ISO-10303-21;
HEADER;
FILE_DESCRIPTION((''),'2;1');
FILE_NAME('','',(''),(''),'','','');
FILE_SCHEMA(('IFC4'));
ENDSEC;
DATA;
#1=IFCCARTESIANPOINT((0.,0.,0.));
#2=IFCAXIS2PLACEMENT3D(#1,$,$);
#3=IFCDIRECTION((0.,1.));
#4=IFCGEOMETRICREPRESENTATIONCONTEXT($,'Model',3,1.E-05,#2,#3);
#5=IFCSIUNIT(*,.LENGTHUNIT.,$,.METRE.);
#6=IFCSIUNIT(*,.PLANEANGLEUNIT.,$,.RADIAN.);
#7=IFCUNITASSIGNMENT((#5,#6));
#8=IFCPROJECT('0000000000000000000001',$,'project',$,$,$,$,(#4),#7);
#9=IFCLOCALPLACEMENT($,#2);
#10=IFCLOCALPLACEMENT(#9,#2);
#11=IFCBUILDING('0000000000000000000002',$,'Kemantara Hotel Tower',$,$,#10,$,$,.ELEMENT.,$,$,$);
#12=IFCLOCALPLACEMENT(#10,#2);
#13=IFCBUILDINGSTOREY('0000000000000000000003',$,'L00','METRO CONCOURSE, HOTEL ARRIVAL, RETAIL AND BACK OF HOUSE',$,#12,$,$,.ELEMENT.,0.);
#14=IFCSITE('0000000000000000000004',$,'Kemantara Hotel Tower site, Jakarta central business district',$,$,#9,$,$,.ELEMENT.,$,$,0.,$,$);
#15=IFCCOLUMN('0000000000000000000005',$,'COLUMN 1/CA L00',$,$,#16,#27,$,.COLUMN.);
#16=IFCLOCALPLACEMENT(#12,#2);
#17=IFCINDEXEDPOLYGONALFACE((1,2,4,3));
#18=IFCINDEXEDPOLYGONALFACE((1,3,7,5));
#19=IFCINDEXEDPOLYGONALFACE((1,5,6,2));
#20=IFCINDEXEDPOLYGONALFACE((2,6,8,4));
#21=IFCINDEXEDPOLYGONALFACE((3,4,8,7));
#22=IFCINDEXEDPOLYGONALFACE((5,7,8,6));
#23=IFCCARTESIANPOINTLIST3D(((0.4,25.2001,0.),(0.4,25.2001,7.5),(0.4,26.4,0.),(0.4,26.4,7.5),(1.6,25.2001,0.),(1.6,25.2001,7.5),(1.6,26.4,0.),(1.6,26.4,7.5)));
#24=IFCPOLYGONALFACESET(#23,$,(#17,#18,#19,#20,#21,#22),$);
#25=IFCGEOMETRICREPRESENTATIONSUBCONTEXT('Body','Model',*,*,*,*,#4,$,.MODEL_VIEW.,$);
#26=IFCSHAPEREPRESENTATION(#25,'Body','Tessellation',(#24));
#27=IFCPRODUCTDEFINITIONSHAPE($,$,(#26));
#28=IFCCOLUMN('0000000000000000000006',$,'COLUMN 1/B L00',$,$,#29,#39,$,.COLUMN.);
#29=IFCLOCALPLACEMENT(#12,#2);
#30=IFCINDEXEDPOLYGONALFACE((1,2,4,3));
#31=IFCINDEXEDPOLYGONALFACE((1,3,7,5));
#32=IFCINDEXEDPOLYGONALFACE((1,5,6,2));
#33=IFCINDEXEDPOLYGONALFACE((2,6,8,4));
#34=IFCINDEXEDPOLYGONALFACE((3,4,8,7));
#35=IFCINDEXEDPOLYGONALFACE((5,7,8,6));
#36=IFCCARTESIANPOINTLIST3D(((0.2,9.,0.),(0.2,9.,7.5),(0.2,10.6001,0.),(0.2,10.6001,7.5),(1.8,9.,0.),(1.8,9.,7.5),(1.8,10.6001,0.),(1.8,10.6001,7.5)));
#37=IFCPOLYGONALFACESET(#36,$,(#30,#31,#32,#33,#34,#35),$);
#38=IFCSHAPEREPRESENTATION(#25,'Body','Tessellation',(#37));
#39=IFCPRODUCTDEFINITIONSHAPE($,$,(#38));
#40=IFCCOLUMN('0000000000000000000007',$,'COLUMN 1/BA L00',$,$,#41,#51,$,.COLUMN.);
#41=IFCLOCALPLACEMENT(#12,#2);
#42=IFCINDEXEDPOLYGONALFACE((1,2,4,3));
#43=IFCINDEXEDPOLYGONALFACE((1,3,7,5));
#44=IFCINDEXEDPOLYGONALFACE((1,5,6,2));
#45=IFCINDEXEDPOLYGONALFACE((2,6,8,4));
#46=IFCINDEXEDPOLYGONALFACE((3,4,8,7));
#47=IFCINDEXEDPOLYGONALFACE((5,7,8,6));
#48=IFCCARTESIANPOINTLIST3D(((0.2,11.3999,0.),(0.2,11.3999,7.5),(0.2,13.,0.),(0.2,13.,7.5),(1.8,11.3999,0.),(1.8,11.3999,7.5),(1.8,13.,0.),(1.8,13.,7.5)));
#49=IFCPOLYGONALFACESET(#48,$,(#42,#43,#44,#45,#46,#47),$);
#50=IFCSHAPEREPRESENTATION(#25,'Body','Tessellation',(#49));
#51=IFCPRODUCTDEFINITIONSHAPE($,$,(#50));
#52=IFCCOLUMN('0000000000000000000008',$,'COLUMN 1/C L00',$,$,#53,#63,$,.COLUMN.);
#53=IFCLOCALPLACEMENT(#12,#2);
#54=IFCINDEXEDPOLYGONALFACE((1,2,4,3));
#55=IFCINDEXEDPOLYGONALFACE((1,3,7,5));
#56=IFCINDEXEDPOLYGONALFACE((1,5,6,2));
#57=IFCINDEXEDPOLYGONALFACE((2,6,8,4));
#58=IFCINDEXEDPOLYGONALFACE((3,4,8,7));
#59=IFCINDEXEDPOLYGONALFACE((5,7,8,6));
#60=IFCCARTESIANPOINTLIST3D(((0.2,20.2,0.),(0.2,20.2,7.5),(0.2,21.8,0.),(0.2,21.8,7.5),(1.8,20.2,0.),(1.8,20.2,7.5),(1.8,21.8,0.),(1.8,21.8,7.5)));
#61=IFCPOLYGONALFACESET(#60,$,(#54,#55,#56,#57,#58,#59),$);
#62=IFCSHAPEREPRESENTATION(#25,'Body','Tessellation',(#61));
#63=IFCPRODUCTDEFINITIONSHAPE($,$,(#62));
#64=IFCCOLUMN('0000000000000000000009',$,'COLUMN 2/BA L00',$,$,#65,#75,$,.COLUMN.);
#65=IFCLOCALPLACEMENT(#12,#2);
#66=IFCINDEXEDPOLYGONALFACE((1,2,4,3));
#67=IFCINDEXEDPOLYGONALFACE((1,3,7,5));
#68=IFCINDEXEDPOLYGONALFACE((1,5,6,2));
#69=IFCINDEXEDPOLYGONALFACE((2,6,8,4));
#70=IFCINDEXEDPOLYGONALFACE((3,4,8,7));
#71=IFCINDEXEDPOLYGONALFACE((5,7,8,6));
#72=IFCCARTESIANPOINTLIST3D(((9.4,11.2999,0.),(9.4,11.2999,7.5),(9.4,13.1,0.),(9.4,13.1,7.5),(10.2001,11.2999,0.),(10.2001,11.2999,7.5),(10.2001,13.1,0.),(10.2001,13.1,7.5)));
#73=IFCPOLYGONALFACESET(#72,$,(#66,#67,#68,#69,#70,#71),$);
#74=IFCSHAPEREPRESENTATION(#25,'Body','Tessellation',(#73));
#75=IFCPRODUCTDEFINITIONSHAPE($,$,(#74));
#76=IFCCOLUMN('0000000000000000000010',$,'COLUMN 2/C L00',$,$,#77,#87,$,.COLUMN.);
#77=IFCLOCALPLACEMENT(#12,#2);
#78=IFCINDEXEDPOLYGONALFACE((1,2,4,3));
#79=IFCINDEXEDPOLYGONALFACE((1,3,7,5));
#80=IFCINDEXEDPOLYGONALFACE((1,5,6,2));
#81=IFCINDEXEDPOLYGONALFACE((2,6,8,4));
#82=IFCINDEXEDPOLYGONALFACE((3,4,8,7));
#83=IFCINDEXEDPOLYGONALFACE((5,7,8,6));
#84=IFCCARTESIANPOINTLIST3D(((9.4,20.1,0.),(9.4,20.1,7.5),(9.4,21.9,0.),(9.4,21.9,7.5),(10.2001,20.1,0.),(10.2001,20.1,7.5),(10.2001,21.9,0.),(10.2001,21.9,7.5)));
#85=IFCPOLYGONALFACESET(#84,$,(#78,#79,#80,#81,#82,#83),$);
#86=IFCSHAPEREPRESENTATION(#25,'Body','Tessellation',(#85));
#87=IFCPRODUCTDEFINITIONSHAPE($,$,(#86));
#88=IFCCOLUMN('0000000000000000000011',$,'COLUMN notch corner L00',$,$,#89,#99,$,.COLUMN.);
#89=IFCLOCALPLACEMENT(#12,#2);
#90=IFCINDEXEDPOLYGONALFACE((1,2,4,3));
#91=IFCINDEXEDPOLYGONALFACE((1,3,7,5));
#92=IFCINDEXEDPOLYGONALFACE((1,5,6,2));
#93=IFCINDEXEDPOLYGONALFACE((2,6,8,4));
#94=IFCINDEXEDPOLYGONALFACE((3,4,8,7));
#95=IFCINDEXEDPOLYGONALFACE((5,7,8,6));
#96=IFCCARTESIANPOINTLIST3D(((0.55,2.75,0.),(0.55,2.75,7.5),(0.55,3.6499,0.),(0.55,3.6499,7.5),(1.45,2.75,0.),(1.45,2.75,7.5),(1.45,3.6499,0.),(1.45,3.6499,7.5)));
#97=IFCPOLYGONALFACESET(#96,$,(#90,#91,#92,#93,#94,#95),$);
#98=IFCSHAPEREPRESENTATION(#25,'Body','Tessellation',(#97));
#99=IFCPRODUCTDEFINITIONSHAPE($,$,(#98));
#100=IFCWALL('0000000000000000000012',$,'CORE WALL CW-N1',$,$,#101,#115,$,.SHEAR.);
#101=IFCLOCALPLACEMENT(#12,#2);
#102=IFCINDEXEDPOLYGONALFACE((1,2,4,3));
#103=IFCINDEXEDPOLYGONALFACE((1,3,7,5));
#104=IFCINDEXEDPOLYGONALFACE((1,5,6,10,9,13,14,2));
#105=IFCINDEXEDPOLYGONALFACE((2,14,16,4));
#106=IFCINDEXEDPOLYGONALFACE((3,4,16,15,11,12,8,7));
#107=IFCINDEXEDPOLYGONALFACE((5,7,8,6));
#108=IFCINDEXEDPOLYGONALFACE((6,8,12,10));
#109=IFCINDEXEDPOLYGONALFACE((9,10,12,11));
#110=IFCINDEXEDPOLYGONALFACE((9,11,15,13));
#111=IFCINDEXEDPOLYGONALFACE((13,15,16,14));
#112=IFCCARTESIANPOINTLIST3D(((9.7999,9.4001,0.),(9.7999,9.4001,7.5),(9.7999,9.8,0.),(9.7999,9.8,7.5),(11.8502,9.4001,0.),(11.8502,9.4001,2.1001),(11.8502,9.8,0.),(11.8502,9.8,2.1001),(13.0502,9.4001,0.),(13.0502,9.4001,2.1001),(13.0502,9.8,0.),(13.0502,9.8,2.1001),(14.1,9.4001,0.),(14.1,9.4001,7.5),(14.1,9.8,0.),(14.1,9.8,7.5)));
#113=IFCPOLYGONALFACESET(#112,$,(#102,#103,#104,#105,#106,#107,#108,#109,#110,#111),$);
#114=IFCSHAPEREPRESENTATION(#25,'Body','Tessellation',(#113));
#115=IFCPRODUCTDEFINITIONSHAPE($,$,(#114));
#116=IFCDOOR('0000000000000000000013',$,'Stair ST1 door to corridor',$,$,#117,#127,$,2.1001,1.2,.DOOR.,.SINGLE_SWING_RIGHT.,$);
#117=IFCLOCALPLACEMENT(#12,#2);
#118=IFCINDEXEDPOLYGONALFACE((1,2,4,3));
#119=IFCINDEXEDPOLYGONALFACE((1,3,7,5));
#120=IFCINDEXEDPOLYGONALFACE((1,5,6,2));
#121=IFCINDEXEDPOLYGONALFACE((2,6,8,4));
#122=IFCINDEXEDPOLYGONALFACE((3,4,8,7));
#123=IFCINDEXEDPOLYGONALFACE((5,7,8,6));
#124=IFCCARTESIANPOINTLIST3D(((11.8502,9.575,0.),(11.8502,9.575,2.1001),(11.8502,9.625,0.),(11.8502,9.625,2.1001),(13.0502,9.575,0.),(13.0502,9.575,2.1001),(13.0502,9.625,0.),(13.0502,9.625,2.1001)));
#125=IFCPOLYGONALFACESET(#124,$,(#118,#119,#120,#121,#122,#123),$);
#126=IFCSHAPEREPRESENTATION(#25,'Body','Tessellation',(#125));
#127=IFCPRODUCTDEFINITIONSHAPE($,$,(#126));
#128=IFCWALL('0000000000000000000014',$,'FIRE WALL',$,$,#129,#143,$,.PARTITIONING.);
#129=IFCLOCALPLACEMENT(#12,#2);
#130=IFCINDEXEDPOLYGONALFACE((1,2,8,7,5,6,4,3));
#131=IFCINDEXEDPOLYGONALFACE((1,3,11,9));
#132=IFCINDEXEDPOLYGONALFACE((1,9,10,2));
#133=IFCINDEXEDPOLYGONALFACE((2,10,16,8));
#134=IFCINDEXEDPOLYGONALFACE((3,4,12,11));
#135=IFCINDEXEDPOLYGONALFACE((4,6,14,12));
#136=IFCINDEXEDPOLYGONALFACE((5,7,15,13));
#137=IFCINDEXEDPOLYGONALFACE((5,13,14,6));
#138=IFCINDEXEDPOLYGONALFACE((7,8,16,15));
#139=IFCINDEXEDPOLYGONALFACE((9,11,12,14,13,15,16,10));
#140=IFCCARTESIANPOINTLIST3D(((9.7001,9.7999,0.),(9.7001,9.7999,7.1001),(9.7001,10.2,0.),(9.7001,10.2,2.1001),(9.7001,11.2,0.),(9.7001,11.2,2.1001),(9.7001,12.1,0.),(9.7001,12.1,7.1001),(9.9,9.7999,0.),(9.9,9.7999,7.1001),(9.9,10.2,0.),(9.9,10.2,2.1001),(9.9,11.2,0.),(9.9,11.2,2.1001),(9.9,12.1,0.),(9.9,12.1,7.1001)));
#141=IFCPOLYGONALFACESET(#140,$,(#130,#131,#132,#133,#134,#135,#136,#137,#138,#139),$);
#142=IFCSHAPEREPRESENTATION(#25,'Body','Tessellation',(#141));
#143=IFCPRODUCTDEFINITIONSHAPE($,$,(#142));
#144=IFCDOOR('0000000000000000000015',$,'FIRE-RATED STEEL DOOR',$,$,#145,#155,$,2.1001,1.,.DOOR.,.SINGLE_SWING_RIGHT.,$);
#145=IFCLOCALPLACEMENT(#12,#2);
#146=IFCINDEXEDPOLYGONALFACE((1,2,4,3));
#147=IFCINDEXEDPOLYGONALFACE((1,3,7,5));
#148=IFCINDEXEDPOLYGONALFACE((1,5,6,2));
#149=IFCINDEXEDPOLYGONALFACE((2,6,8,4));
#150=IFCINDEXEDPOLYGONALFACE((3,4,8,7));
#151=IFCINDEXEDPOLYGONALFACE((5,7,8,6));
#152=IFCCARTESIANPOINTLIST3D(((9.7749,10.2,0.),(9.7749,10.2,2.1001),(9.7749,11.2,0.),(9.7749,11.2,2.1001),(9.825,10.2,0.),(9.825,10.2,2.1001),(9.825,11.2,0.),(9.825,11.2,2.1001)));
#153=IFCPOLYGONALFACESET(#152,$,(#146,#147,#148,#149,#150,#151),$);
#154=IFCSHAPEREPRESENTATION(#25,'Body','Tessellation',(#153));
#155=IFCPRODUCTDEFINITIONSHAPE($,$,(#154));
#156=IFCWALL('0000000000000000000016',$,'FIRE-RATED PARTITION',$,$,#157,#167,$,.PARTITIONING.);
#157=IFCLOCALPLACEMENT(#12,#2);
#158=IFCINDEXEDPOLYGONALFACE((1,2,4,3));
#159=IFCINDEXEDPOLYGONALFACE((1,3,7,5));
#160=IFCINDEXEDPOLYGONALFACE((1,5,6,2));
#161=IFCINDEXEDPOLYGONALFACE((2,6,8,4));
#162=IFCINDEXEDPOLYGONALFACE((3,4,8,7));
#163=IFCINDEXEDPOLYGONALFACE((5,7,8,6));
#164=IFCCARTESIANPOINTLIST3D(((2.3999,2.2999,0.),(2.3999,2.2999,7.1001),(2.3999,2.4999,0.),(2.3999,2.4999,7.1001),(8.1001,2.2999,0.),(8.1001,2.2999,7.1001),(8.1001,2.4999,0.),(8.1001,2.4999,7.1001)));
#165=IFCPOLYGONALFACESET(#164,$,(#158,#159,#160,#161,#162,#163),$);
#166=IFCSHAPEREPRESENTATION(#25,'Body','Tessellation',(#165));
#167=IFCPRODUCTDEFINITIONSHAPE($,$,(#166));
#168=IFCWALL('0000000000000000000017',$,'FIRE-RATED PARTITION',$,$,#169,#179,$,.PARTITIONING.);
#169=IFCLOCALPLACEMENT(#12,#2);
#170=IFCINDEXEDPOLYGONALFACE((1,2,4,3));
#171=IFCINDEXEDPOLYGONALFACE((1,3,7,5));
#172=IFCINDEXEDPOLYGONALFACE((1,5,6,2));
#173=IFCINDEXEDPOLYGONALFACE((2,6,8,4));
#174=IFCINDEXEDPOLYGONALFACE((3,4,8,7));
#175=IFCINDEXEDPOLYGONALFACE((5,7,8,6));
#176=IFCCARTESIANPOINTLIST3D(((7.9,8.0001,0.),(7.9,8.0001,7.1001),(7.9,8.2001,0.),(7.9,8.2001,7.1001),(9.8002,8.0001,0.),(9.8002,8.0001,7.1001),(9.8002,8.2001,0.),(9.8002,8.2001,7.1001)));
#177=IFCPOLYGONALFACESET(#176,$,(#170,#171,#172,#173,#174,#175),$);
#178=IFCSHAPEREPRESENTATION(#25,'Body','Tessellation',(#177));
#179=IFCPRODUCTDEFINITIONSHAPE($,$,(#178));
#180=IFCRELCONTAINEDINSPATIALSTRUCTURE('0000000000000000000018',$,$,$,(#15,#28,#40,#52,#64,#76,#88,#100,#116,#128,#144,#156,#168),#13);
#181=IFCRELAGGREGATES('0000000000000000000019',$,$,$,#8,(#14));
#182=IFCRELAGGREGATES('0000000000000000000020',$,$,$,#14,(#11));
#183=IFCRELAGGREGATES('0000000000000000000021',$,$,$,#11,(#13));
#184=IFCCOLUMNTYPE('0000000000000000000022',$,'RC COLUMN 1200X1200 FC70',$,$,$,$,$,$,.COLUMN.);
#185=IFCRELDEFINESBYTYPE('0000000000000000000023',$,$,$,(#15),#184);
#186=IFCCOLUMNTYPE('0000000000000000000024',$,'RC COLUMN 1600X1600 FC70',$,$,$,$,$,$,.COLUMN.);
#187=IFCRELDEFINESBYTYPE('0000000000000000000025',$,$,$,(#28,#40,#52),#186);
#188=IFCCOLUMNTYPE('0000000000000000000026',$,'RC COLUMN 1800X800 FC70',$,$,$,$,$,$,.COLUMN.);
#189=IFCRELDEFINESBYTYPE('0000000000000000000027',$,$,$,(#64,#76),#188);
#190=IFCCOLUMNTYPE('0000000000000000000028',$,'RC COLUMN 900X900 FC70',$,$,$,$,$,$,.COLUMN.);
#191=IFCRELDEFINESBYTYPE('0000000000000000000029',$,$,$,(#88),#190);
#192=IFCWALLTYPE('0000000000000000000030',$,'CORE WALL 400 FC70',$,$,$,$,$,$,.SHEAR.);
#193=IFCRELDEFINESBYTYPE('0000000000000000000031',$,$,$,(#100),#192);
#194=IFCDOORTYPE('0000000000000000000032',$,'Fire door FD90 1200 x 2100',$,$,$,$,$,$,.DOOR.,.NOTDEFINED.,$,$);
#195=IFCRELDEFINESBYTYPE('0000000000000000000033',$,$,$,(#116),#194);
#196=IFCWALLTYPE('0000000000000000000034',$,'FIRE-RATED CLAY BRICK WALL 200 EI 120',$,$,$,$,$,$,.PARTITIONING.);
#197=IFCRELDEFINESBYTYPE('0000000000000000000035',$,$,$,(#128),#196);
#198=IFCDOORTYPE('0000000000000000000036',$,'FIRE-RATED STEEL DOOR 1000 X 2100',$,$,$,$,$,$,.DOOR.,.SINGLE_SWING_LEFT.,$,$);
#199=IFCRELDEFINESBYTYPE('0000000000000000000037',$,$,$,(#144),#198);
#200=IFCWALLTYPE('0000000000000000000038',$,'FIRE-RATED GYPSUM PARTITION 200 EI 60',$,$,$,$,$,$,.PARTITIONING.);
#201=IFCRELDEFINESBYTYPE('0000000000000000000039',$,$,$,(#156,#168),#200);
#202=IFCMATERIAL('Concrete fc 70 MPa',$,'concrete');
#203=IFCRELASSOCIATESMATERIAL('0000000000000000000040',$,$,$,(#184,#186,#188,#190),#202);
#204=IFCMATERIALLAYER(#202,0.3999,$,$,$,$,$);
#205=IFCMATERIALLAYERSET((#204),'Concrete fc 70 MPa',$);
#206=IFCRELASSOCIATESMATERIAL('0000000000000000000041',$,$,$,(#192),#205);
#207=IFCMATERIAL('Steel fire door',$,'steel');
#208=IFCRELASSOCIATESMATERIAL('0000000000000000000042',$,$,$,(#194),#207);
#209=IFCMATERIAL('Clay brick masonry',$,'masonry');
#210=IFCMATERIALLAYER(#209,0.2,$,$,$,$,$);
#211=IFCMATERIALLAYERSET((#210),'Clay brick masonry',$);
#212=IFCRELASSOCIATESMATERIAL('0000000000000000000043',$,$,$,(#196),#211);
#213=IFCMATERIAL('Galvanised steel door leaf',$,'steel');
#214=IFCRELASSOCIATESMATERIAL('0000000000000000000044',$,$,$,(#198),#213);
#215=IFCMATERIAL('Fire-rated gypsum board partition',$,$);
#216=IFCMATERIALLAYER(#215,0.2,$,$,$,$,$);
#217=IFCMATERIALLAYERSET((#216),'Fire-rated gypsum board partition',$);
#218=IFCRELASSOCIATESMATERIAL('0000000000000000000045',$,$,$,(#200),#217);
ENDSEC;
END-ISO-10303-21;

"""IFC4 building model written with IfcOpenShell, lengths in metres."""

from ifc_helpers import new_model, si_unit, direction, frame, frame_2d, origin, origin_2d, place, context, subcontext, project, spatial, rectangle, extrude, material, layer, layer_set, material_profile, profile_set, type_object, element, fill, save


model = new_model("IFC4")

# Units and contexts
model_context = context("Model", 3, precision=1e-05, world=origin(), true_north=direction((0.0, 1.0)))
body_context = subcontext(model_context, "Body", "Model", "MODEL_VIEW")
ifc_project = project(units=[si_unit("LENGTHUNIT", "METRE"), si_unit("PLANEANGLEUNIT", "RADIAN")], contexts=[model_context])

# Site, building, storey
site_placement = place(None, origin())
site = spatial("IfcSite", under=ifc_project, at=site_placement, Name="Kemantara Hotel Tower site, Jakarta central business district", CompositionType="ELEMENT", RefElevation=0.0)
building_placement = place(site_placement, origin())
building = spatial("IfcBuilding", under=site, at=building_placement, Name="Kemantara Hotel Tower", CompositionType="ELEMENT")
storey_placement = place(building_placement, origin())
storey = spatial("IfcBuildingStorey", under=building, at=storey_placement, Name="L00", Description="METRO CONCOURSE, HOTEL ARRIVAL, RETAIL AND BACK OF HOUSE", CompositionType="ELEMENT", Elevation=0.0)

# Columns
ifc_material_1 = material(Name="Concrete fc 70 MPa", Category="concrete")
ifc_material_profile_1 = material_profile(ifc_material_1, rectangle(XDim=1.2, YDim=1.2, at=origin_2d()), Name="RC 1200X1200")
ifc_profile_set_1 = profile_set([ifc_material_profile_1], Name="Concrete fc 70 MPa")
column_type_1 = type_object("IfcColumnType", Name="RC COLUMN 1200X1200 FC70", PredefinedType="COLUMN", material=ifc_profile_set_1)
column_1_placement = place(storey_placement, frame((1.0, 25.8, 0.0), z_axis=(0.0, 0.0, 1.0), x_axis=(1.0, 0.0, 0.0)))
element("IfcColumn", 1, at=column_1_placement, inside=storey, type_object=column_type_1, Name="COLUMN 1/CA L00", PredefinedType="COLUMN", context=body_context, shape_type="SweptSolid", body=[
    extrude(rectangle(XDim=1.2, YDim=1.2, at=origin_2d()), origin(), (0.0, 0.0, 1.0), 7.5),
])
ifc_material_profile_2 = material_profile(ifc_material_1, rectangle(XDim=1.6001, YDim=1.6001, at=origin_2d()), Name="RC 1600X1600")
ifc_profile_set_2 = profile_set([ifc_material_profile_2], Name="Concrete fc 70 MPa")
column_type_2 = type_object("IfcColumnType", Name="RC COLUMN 1600X1600 FC70", PredefinedType="COLUMN", material=ifc_profile_set_2)
for number, where, z_axis, x_axis, name in (
    (2, (1.0, 9.8, 0.0), (0.0, 0.0, 1.0), (1.0, 0.0, 0.0), "COLUMN 1/B L00"),
    (3, (1.0, 12.2, 0.0), (0.0, 0.0, 1.0), (1.0, 0.0, 0.0), "COLUMN 1/BA L00"),
    (4, (1.0, 21.0, 0.0), (0.0, 0.0, 1.0), (1.0, 0.0, 0.0), "COLUMN 1/C L00"),
):
    element("IfcColumn", number, at=place(storey_placement, frame(where, z_axis=z_axis, x_axis=x_axis)), inside=storey, type_object=column_type_2, Name=name, PredefinedType="COLUMN", context=body_context, shape_type="SweptSolid", body=[
        extrude(rectangle(XDim=1.6001, YDim=1.6001, at=origin_2d()), origin(), (0.0, 0.0, 1.0), 7.5),
    ])
ifc_material_profile_3 = material_profile(ifc_material_1, rectangle(XDim=1.8, YDim=0.8, at=origin_2d()), Name="RC 1800X800")
ifc_profile_set_3 = profile_set([ifc_material_profile_3], Name="Concrete fc 70 MPa")
column_type_3 = type_object("IfcColumnType", Name="RC COLUMN 1800X800 FC70", PredefinedType="COLUMN", material=ifc_profile_set_3)
for number, where, z_axis, x_axis, name in (
    (5, (9.8, 12.2, 0.0), (0.0, 0.0, 1.0), (0.0, 1.0, 0.0), "COLUMN 2/BA L00"),
    (6, (9.8, 21.0, 0.0), (0.0, 0.0, 1.0), (0.0, 1.0, 0.0), "COLUMN 2/C L00"),
):
    element("IfcColumn", number, at=place(storey_placement, frame(where, z_axis=z_axis, x_axis=x_axis)), inside=storey, type_object=column_type_3, Name=name, PredefinedType="COLUMN", context=body_context, shape_type="SweptSolid", body=[
        extrude(rectangle(XDim=1.8, YDim=0.8, at=origin_2d()), origin(), (0.0, 0.0, 1.0), 7.5),
    ])
ifc_material_profile_4 = material_profile(ifc_material_1, rectangle(XDim=0.8999, YDim=0.8999, at=origin_2d()), Name="RC 900X900")
ifc_profile_set_4 = profile_set([ifc_material_profile_4], Name="Concrete fc 70 MPa")
column_type_4 = type_object("IfcColumnType", Name="RC COLUMN 900X900 FC70", PredefinedType="COLUMN", material=ifc_profile_set_4)
column_2_placement = place(storey_placement, frame((1.0, 3.2, 0.0), z_axis=(0.0, 0.0, 1.0), x_axis=(1.0, 0.0, 0.0)))
element("IfcColumn", 7, at=column_2_placement, inside=storey, type_object=column_type_4, Name="COLUMN notch corner L00", PredefinedType="COLUMN", context=body_context, shape_type="SweptSolid", body=[
    extrude(rectangle(XDim=0.8999, YDim=0.8999, at=origin_2d()), origin(), (0.0, 0.0, 1.0), 7.5),
])

# Walls, openings, doors
ifc_layer_1 = layer(ifc_material_1, 0.3999)
ifc_layer_set_1 = layer_set([ifc_layer_1], Name="Concrete fc 70 MPa")
wall_type_1 = type_object("IfcWallType", Name="CORE WALL 400 FC70", PredefinedType="SHEAR", material=ifc_layer_set_1)
wall_1_placement = place(storey_placement, frame((9.8, 9.6001, 0.0), z_axis=(0.0, 0.0, 1.0), x_axis=(1.0, 0.0, 0.0)))
wall_1 = element("IfcWall", 8, at=wall_1_placement, inside=storey, type_object=wall_type_1, Name="CORE WALL CW-N1", PredefinedType="SHEAR", context=body_context, shape_type="SweptSolid", body=[
    extrude(rectangle(XDim=4.3, YDim=0.3999, at=frame_2d((2.1499, 0.0))), origin(), (0.0, 0.0, 1.0), 7.5),
])
opening_1_placement = place(wall_1_placement, frame((2.05, 0.0, 0.0)))
opening_1 = element("IfcOpeningElement", 9, at=opening_1_placement, cuts=wall_1, PredefinedType="OPENING", context=body_context, shape_type="SweptSolid", body=[
    extrude(rectangle(XDim=1.2, YDim=2.1001, at=frame_2d((0.6001, 1.05))), frame((0.0, 0.21, 0.0), z_axis=(0.0, -1.0, 0.0), x_axis=(1.0, 0.0, 0.0)), (0.0, 0.0, 1.0), 0.4199),
])
ifc_material_2 = material(Name="Steel fire door", Category="steel")
door_type_1 = type_object("IfcDoorType", Name="Fire door FD90 1200 x 2100", OperationType="NOTDEFINED", PredefinedType="DOOR", material=ifc_material_2)
door_1_placement = place(opening_1_placement, origin())
door_1 = element("IfcDoor", 10, at=door_1_placement, inside=storey, type_object=door_type_1, Name="Stair ST1 door to corridor", OperationType="SINGLE_SWING_RIGHT", OverallHeight=2.1001, OverallWidth=1.2, PredefinedType="DOOR", context=body_context, shape_type="SweptSolid", body=[
    extrude(rectangle(XDim=1.2, YDim=2.1001, at=frame_2d((0.6001, 1.05))), frame((0.0, 0.0249, 0.0), z_axis=(0.0, -1.0, 0.0), x_axis=(1.0, 0.0, 0.0)), (0.0, 0.0, 1.0), 0.05),
])
fill(opening_1, door_1)
ifc_material_3 = material(Name="Clay brick masonry", Category="masonry")
ifc_layer_2 = layer(ifc_material_3, 0.2)
ifc_layer_set_2 = layer_set([ifc_layer_2], Name="Clay brick masonry")
wall_type_2 = type_object("IfcWallType", Name="FIRE-RATED CLAY BRICK WALL 200 EI 120", PredefinedType="PARTITIONING", material=ifc_layer_set_2)
wall_2_placement = place(storey_placement, frame((9.8, 9.8, 0.0), z_axis=(0.0, 0.0, 1.0), x_axis=(0.0, 1.0, 0.0)))
wall_2 = element("IfcWall", 11, at=wall_2_placement, inside=storey, type_object=wall_type_2, Name="FIRE WALL", PredefinedType="PARTITIONING", context=body_context, shape_type="SweptSolid", body=[
    extrude(rectangle(XDim=2.3, YDim=0.2, at=frame_2d((1.1499, 0.0))), origin(), (0.0, 0.0, 1.0), 7.1001),
])
opening_2_placement = place(wall_2_placement, frame((0.3999, 0.0, 0.0)))
opening_2 = element("IfcOpeningElement", 12, at=opening_2_placement, cuts=wall_2, PredefinedType="OPENING", context=body_context, shape_type="SweptSolid", body=[
    extrude(rectangle(XDim=1.0, YDim=2.1001, at=frame_2d((0.5, 1.05))), frame((0.0, 0.1099, 0.0), z_axis=(0.0, -1.0, 0.0), x_axis=(1.0, 0.0, 0.0)), (0.0, 0.0, 1.0), 0.22),
])
ifc_material_4 = material(Name="Galvanised steel door leaf", Category="steel")
door_type_2 = type_object("IfcDoorType", Name="FIRE-RATED STEEL DOOR 1000 X 2100", OperationType="SINGLE_SWING_LEFT", PredefinedType="DOOR", material=ifc_material_4)
door_2_placement = place(opening_2_placement, frame((1.0, 0.0, 0.0), z_axis=(0.0, 0.0, 1.0), x_axis=(-1.0, 0.0, 0.0)))
door_2 = element("IfcDoor", 13, at=door_2_placement, inside=storey, type_object=door_type_2, Name="FIRE-RATED STEEL DOOR", OperationType="SINGLE_SWING_RIGHT", OverallHeight=2.1001, OverallWidth=1.0, PredefinedType="DOOR", context=body_context, shape_type="SweptSolid", body=[
    extrude(rectangle(XDim=1.0, YDim=2.1001, at=frame_2d((0.5, 1.05))), frame((0.0, 0.0249, 0.0), z_axis=(0.0, -1.0, 0.0), x_axis=(1.0, 0.0, 0.0)), (0.0, 0.0, 1.0), 0.05),
])
fill(opening_2, door_2)

# Walls
ifc_material_5 = material(Name="Fire-rated gypsum board partition")
ifc_layer_3 = layer(ifc_material_5, 0.2)
ifc_layer_set_3 = layer_set([ifc_layer_3], Name="Fire-rated gypsum board partition")
wall_type_3 = type_object("IfcWallType", Name="FIRE-RATED GYPSUM PARTITION 200 EI 60", PredefinedType="PARTITIONING", material=ifc_layer_set_3)
wall_3_placement = place(storey_placement, frame((2.3999, 2.3999, 0.0), z_axis=(0.0, 0.0, 1.0), x_axis=(1.0, 0.0, 0.0)))
element("IfcWall", 14, at=wall_3_placement, inside=storey, type_object=wall_type_3, Name="FIRE-RATED PARTITION", PredefinedType="PARTITIONING", context=body_context, shape_type="SweptSolid", body=[
    extrude(rectangle(XDim=5.7002, YDim=0.2, at=frame_2d((2.8501, 0.0))), origin(), (0.0, 0.0, 1.0), 7.1001),
])
wall_4_placement = place(storey_placement, frame((7.8999, 8.1001, 0.0), z_axis=(0.0, 0.0, 1.0), x_axis=(1.0, 0.0, 0.0)))
element("IfcWall", 15, at=wall_4_placement, inside=storey, type_object=wall_type_3, Name="FIRE-RATED PARTITION", PredefinedType="PARTITIONING", context=body_context, shape_type="SweptSolid", body=[
    extrude(rectangle(XDim=1.9001, YDim=0.2, at=frame_2d((0.9502, 0.0))), origin(), (0.0, 0.0, 1.0), 7.1001),
])

save(model, "model.ifc")
